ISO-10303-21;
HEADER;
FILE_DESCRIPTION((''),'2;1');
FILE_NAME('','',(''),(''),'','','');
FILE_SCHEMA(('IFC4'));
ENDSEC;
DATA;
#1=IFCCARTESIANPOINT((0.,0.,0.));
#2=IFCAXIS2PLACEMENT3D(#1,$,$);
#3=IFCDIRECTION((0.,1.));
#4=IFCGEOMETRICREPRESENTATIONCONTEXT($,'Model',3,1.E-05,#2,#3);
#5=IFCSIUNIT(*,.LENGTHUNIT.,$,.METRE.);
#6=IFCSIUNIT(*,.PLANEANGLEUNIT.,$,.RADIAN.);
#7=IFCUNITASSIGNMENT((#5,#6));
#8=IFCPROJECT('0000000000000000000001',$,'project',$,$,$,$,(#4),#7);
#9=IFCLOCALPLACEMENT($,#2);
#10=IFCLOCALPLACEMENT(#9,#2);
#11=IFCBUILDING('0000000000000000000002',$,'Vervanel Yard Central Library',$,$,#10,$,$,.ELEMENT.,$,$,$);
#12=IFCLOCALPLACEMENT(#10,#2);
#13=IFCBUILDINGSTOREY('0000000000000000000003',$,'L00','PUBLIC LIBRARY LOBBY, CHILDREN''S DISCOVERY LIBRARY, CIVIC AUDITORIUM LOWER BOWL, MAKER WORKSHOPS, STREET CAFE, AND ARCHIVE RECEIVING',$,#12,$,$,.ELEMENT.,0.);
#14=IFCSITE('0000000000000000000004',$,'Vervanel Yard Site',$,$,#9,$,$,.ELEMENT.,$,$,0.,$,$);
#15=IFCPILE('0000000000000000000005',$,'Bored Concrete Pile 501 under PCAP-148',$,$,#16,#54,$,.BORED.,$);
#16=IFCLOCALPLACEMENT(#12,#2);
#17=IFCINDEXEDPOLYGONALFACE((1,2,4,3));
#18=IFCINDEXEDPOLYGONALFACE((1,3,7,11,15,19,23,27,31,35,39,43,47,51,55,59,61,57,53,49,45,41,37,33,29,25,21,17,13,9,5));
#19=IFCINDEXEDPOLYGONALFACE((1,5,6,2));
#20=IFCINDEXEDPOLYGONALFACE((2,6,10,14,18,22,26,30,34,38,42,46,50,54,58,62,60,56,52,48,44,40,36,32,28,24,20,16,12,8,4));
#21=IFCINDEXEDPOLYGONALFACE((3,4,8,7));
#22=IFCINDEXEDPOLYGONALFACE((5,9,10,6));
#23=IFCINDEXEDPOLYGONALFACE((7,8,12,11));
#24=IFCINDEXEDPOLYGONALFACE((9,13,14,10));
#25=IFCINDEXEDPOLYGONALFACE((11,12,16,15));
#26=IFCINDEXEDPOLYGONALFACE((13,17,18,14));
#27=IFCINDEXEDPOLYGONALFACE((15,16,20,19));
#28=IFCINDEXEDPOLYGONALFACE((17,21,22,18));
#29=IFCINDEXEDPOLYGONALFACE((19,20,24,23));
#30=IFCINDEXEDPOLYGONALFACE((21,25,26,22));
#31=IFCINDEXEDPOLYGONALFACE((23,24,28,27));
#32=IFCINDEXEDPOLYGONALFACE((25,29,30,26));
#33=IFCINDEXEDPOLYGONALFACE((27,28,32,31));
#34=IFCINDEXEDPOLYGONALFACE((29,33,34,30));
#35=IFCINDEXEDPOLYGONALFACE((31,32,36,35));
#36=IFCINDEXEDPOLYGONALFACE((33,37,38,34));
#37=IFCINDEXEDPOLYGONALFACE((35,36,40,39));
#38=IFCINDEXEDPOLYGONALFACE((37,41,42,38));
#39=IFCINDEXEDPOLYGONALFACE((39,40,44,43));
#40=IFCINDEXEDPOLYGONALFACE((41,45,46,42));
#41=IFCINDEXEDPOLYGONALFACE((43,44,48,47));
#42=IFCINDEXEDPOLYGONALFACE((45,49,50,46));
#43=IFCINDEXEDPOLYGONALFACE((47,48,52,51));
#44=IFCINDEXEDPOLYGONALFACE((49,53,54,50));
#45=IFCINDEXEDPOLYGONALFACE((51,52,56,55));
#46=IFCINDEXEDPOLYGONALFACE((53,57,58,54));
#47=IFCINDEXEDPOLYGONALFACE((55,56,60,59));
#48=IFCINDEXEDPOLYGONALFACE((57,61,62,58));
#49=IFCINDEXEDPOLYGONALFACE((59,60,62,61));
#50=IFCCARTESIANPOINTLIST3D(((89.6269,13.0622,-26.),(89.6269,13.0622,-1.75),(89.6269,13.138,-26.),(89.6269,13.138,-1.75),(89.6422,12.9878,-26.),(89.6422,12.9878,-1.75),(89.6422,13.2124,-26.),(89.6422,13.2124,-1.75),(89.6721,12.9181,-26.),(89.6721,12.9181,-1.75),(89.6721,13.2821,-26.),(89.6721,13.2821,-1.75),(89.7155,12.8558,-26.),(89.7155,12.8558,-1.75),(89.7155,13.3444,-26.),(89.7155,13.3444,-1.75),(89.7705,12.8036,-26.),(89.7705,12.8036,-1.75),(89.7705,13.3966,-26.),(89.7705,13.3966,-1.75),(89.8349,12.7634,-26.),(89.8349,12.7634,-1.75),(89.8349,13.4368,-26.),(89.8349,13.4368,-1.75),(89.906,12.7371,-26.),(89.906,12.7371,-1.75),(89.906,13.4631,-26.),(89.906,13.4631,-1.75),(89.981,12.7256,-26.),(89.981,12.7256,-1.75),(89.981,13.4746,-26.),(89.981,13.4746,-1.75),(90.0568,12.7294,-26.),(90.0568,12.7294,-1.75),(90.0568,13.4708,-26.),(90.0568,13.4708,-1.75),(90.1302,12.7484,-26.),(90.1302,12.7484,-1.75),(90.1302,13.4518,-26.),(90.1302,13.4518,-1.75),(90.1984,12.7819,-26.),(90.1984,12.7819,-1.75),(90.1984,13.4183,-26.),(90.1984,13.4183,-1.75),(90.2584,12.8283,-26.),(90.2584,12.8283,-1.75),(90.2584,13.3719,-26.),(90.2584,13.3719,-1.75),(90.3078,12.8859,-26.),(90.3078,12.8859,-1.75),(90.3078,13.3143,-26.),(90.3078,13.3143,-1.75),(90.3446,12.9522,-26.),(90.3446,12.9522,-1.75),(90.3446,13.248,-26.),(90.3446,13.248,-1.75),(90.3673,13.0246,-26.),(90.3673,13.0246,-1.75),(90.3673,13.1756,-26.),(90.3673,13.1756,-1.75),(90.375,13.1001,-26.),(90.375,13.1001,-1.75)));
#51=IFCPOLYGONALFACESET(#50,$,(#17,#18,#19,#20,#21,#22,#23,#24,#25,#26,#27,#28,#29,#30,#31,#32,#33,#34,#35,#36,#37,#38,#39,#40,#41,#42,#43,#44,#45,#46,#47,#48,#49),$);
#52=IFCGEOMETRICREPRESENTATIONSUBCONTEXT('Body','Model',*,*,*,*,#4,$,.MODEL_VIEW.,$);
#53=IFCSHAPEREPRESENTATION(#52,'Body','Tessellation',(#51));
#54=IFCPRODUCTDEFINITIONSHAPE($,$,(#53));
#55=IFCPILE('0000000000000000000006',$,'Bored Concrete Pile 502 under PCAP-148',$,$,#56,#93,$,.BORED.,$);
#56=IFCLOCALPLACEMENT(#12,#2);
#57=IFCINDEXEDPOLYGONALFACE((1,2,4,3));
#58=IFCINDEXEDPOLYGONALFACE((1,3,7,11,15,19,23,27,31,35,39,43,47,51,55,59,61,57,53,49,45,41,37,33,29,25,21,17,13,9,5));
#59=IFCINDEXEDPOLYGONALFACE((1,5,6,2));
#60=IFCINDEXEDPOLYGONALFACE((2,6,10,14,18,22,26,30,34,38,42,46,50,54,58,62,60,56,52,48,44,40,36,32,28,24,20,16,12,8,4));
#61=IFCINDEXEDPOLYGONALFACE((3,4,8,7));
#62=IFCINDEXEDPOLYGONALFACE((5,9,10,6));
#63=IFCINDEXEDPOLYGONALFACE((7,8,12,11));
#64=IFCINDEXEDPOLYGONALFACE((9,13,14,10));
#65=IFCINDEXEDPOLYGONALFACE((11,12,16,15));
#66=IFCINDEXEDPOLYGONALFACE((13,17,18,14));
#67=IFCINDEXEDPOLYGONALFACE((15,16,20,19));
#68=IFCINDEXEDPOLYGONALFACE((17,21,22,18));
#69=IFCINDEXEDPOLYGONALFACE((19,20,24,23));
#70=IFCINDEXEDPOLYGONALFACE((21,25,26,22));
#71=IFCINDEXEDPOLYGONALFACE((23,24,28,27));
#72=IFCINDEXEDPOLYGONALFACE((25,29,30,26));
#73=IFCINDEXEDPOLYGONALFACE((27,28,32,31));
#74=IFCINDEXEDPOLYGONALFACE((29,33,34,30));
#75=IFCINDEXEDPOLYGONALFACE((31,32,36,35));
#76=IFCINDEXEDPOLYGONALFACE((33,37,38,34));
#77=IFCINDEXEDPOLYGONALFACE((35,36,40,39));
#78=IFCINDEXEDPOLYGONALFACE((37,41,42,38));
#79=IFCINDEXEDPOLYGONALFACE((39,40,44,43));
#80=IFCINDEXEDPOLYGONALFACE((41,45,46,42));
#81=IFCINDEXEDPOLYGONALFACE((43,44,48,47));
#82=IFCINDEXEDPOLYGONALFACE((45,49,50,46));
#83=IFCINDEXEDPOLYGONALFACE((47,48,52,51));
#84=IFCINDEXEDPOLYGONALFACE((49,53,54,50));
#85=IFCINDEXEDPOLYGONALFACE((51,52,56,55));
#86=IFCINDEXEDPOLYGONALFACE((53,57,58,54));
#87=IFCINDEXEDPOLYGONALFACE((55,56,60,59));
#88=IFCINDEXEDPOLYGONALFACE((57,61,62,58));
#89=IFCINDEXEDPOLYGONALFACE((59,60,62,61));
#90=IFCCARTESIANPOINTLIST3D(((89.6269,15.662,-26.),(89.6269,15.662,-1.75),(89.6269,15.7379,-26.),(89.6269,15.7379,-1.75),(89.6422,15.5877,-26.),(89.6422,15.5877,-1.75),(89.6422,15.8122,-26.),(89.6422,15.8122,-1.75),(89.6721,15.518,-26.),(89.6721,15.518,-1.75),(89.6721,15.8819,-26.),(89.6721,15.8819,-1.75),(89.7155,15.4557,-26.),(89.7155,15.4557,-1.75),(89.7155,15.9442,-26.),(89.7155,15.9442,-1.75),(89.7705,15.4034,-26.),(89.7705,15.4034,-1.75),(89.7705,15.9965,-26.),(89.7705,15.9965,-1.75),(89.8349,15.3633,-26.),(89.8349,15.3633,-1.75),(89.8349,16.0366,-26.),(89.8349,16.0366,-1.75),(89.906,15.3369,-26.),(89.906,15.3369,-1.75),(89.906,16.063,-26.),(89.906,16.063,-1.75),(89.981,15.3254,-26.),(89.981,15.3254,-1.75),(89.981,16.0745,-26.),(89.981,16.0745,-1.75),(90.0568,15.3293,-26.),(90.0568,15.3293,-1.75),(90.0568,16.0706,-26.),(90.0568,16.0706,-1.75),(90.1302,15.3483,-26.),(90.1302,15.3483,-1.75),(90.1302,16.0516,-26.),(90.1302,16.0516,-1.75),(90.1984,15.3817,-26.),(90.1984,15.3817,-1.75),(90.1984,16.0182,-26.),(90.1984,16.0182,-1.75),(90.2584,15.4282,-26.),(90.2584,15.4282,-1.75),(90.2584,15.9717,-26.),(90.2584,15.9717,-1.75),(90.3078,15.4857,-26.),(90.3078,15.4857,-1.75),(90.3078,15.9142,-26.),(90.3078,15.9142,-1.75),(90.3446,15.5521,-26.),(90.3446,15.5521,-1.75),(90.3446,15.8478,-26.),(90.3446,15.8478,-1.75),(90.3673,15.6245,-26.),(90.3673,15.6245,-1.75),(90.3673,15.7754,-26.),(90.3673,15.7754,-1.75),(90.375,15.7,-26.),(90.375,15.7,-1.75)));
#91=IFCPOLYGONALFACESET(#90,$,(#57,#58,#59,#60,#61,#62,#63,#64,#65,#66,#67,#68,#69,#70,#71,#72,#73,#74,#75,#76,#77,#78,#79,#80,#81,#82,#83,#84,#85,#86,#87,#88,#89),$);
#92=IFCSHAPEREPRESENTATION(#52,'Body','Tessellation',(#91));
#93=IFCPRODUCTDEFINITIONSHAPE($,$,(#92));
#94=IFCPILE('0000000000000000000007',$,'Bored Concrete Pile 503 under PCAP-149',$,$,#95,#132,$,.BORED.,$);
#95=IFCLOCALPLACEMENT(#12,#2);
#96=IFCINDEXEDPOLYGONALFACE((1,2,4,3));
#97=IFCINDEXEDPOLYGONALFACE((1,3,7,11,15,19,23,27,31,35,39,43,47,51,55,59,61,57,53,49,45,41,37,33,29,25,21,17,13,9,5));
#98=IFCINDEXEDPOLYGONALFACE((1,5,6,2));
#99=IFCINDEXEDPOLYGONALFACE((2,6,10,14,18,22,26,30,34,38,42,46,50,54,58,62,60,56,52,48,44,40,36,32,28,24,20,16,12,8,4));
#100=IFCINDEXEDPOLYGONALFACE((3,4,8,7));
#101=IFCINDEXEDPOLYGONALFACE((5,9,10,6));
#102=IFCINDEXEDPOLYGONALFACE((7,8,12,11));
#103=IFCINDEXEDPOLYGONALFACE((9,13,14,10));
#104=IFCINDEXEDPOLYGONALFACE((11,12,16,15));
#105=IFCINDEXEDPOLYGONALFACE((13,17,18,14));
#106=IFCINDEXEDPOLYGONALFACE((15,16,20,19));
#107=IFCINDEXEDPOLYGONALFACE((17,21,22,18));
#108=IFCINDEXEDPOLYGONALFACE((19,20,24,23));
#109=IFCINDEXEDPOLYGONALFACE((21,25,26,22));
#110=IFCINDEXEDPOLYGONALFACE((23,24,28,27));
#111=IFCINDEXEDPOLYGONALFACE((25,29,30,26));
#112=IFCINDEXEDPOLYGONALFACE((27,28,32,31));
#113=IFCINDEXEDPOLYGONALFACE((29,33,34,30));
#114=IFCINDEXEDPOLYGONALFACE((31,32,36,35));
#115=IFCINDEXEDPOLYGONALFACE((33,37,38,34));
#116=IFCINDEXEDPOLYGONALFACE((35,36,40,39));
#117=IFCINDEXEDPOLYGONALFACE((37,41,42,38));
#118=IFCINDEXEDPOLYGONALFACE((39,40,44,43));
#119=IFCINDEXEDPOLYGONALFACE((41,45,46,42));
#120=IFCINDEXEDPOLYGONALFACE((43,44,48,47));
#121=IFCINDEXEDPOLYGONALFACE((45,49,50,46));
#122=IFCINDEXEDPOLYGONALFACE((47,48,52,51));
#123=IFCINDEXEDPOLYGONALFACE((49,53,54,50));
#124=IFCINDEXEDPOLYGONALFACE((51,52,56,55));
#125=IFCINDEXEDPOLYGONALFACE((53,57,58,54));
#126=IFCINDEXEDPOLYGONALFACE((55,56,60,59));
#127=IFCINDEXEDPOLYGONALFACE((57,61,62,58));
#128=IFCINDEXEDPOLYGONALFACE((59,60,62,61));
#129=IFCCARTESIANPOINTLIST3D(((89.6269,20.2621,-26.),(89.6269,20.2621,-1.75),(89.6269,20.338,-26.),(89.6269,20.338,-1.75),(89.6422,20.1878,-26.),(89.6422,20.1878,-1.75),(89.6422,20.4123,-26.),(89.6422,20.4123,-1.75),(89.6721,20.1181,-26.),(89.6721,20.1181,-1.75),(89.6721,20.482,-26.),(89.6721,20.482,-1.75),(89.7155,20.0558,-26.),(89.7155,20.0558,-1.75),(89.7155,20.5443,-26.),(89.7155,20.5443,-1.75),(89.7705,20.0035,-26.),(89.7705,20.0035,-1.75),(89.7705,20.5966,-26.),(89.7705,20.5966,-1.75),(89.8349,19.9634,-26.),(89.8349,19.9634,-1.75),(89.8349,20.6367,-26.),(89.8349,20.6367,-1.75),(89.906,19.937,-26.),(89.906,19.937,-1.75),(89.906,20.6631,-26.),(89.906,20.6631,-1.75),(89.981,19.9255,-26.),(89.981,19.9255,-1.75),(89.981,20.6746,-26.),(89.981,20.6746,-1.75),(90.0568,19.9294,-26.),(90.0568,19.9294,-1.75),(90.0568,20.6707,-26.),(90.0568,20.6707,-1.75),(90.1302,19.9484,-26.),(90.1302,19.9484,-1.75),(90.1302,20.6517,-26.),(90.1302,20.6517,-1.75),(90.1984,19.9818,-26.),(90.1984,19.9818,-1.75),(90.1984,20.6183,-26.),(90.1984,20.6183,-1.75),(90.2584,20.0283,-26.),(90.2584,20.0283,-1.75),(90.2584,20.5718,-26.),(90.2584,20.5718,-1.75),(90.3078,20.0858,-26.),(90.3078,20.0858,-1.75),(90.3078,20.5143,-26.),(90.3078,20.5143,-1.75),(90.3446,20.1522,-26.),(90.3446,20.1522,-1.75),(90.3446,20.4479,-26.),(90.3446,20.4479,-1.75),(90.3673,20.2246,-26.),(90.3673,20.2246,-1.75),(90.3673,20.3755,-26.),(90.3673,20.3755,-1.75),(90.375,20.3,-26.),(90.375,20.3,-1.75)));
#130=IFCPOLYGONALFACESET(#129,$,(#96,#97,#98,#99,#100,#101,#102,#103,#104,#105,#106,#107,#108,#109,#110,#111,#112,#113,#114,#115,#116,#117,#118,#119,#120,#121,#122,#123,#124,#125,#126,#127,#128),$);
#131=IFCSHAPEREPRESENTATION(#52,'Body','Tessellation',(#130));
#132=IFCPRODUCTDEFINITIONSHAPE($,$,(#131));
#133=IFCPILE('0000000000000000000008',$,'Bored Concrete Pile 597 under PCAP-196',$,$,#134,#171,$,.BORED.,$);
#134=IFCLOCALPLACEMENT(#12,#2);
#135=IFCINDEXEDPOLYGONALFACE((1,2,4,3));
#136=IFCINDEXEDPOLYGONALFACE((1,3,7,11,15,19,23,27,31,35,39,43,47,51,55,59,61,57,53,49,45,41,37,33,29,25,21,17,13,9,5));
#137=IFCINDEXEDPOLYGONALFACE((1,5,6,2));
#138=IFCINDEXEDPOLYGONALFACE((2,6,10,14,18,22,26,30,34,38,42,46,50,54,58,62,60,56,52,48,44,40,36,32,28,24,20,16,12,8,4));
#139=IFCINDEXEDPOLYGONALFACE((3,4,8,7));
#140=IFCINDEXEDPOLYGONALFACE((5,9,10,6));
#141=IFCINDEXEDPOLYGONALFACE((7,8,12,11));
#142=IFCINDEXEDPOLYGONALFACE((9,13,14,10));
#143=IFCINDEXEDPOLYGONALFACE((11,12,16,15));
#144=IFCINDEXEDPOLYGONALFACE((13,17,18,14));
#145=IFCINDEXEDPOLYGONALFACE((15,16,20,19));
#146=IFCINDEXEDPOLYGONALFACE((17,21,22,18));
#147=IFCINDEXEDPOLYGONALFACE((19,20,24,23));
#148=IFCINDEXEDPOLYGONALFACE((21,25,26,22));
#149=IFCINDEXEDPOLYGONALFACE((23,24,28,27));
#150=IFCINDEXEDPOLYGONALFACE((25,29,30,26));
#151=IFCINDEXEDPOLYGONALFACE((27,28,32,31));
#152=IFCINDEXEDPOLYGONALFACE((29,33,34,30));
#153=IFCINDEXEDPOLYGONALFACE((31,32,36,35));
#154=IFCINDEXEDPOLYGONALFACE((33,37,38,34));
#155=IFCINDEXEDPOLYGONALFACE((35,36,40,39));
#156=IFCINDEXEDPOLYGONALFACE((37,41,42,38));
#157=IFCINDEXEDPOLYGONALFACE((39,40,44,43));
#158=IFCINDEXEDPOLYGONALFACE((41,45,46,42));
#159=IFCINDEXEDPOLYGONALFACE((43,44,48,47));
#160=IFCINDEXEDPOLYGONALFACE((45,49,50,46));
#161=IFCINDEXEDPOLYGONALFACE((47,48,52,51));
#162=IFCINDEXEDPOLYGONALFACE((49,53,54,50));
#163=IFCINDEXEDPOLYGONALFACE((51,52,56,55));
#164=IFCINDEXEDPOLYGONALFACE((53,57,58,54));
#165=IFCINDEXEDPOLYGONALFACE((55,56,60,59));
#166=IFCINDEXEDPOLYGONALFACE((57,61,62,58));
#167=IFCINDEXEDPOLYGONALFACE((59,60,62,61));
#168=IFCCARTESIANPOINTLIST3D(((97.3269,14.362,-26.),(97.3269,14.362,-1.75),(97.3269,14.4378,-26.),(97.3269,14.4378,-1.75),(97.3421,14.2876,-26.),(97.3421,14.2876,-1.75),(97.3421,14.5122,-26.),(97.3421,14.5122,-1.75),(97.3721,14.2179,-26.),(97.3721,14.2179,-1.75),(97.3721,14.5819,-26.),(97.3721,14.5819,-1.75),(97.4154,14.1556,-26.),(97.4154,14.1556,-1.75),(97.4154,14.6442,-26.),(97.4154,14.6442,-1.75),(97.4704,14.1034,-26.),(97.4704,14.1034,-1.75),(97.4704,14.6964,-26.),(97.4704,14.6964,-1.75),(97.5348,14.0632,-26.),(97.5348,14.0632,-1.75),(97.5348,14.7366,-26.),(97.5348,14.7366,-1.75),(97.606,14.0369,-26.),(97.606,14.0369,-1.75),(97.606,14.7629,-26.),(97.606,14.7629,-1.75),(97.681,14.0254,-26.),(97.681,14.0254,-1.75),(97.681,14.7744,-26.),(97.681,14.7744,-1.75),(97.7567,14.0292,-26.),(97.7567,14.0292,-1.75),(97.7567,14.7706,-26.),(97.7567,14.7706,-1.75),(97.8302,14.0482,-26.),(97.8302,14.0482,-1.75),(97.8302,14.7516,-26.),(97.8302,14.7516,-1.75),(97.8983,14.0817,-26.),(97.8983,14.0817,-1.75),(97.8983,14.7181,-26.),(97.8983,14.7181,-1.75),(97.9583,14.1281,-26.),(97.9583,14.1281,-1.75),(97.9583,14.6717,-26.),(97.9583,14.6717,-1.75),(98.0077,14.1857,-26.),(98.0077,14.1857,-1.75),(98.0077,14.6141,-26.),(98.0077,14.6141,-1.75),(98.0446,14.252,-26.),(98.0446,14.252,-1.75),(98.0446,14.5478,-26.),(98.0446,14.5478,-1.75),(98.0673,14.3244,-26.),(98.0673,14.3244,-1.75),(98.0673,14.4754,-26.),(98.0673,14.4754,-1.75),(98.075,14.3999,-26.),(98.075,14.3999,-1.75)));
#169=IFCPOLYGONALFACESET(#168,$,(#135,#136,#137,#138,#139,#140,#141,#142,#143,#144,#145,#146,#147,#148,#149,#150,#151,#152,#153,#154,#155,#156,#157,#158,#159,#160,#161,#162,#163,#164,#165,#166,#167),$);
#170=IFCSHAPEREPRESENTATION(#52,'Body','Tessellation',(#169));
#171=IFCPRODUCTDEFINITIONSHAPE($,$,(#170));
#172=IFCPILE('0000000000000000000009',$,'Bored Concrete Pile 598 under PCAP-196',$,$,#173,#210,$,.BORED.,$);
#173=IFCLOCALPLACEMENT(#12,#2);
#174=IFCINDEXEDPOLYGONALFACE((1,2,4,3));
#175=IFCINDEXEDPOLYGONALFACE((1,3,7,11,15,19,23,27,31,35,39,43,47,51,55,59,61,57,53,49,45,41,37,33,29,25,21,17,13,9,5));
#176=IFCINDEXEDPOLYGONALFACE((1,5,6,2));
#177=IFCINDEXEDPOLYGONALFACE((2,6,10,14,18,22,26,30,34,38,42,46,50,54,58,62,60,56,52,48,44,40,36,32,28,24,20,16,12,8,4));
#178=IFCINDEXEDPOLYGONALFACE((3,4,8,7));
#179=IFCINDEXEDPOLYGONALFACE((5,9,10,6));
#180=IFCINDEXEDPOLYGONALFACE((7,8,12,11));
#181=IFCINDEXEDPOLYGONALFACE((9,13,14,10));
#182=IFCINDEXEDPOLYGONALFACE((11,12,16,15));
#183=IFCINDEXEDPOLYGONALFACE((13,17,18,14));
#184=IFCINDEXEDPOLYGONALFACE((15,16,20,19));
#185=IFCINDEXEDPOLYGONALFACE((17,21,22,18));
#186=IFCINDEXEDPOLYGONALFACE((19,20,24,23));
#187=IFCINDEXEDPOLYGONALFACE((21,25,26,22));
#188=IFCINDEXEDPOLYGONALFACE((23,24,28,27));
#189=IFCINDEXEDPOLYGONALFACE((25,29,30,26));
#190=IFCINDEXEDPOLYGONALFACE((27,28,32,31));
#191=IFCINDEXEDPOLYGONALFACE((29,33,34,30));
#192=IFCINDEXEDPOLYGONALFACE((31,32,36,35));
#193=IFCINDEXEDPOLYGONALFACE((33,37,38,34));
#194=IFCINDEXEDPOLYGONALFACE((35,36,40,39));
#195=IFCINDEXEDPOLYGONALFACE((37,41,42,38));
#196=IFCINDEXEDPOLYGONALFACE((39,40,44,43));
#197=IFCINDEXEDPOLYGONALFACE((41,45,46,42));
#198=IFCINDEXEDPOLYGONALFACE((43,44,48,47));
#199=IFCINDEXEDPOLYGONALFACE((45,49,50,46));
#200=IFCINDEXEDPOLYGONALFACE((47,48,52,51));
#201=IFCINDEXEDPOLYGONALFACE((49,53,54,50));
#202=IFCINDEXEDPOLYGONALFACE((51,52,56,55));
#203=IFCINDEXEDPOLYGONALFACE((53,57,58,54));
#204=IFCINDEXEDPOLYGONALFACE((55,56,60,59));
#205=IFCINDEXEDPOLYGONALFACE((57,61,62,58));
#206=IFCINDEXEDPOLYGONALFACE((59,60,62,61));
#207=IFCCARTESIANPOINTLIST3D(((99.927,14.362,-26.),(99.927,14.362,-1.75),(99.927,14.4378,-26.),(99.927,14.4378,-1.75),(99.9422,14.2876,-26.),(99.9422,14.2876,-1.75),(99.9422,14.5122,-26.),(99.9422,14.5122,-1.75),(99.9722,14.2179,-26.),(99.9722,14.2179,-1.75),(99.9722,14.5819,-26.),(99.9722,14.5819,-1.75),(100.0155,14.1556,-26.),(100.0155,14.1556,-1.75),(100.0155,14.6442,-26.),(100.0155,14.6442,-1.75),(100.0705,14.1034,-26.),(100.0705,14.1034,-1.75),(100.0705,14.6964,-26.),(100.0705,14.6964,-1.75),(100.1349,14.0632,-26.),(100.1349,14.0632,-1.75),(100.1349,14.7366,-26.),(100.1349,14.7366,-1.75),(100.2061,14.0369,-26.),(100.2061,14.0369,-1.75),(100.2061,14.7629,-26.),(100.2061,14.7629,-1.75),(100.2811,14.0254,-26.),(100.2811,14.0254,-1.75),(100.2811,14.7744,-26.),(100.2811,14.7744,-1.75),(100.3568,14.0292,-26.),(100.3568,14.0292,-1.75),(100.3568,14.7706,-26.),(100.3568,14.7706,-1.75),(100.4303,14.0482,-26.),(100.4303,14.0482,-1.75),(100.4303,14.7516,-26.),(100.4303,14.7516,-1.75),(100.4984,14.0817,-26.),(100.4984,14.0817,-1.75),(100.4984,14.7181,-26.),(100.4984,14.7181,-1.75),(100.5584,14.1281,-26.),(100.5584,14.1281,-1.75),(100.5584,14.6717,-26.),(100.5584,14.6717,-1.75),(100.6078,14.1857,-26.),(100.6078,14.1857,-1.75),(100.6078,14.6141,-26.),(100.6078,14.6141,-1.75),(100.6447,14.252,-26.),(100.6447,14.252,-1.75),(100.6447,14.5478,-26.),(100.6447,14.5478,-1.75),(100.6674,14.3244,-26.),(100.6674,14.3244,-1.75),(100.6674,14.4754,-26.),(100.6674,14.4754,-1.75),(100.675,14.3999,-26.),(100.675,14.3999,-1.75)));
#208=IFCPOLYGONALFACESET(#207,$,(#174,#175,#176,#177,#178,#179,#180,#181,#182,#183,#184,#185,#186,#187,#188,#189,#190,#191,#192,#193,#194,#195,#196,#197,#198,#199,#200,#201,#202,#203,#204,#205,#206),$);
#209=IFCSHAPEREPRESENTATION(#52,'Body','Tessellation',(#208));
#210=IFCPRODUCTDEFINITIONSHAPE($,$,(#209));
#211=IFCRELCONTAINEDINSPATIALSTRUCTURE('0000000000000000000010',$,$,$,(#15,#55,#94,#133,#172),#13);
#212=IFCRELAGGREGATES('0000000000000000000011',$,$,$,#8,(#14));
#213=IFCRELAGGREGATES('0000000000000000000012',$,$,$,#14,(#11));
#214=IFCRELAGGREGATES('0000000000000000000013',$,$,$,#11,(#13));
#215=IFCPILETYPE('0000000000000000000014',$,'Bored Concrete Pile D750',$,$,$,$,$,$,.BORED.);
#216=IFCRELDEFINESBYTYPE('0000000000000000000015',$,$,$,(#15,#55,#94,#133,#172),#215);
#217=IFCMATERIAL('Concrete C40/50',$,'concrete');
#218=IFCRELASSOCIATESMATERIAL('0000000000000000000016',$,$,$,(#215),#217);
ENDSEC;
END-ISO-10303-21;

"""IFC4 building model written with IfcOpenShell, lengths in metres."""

from ifc_helpers import new_model, si_unit, direction, frame, origin, origin_2d, place, context, subcontext, project, spatial, circle, extrude, material, material_profile, profile_set, type_object, element, save


model = new_model("IFC4")

# Units and contexts
model_context = context("Model", 3, precision=1e-05, world=origin(), true_north=direction((0.0, 1.0)))
body_context = subcontext(model_context, "Body", "Model", "MODEL_VIEW")
ifc_project = project(units=[si_unit("LENGTHUNIT", "METRE"), si_unit("PLANEANGLEUNIT", "RADIAN")], contexts=[model_context])

# Site, building, storey
site_placement = place(None, origin())
site = spatial("IfcSite", under=ifc_project, at=site_placement, Name="Vervanel Yard Site", CompositionType="ELEMENT", RefElevation=0.0)
building_placement = place(site_placement, origin())
building = spatial("IfcBuilding", under=site, at=building_placement, Name="Vervanel Yard Central Library", CompositionType="ELEMENT")
storey_placement = place(building_placement, origin())
storey = spatial("IfcBuildingStorey", under=building, at=storey_placement, Name="L00", Description="PUBLIC LIBRARY LOBBY, CHILDREN'S DISCOVERY LIBRARY, CIVIC AUDITORIUM LOWER BOWL, MAKER WORKSHOPS, STREET CAFE, AND ARCHIVE RECEIVING", CompositionType="ELEMENT", Elevation=0.0)

# Piles
ifc_material_1 = material(Name="Concrete C40/50", Category="concrete")
ifc_material_profile_1 = material_profile(ifc_material_1, circle(Radius=0.375, at=origin_2d()), Name="BP D750", Category="concrete")
ifc_profile_set_1 = profile_set([ifc_material_profile_1], Name="Concrete C40/50")
pile_type = type_object("IfcPileType", Name="Bored Concrete Pile D750", PredefinedType="BORED", material=ifc_profile_set_1)
for number, where, z_axis, x_axis, name in (
    (1, (90.0, 13.1001, -1.75), (0.0, 0.0, -1.0), (1.0, 0.0, 0.0), "Bored Concrete Pile 501 under PCAP-148"),
    (2, (90.0, 15.7, -1.75), (0.0, 0.0, -1.0), (1.0, 0.0, 0.0), "Bored Concrete Pile 502 under PCAP-148"),
    (3, (90.0, 20.3, -1.75), (0.0, 0.0, -1.0), (1.0, 0.0, 0.0), "Bored Concrete Pile 503 under PCAP-149"),
    (4, (97.7, 14.3999, -1.75), (0.0, 0.0, -1.0), (1.0, 0.0, 0.0), "Bored Concrete Pile 597 under PCAP-196"),
    (5, (100.3, 14.3999, -1.75), (0.0, 0.0, -1.0), (1.0, 0.0, 0.0), "Bored Concrete Pile 598 under PCAP-196"),
):
    element("IfcPile", number, at=place(storey_placement, frame(where, z_axis=z_axis, x_axis=x_axis)), inside=storey, type_object=pile_type, Name=name, PredefinedType="BORED", context=body_context, shape_type="SweptSolid", body=[
        extrude(circle(Radius=0.375, at=origin_2d()), origin(), (0.0, 0.0, 1.0), 24.25),
    ])

save(model, "model.ifc")
